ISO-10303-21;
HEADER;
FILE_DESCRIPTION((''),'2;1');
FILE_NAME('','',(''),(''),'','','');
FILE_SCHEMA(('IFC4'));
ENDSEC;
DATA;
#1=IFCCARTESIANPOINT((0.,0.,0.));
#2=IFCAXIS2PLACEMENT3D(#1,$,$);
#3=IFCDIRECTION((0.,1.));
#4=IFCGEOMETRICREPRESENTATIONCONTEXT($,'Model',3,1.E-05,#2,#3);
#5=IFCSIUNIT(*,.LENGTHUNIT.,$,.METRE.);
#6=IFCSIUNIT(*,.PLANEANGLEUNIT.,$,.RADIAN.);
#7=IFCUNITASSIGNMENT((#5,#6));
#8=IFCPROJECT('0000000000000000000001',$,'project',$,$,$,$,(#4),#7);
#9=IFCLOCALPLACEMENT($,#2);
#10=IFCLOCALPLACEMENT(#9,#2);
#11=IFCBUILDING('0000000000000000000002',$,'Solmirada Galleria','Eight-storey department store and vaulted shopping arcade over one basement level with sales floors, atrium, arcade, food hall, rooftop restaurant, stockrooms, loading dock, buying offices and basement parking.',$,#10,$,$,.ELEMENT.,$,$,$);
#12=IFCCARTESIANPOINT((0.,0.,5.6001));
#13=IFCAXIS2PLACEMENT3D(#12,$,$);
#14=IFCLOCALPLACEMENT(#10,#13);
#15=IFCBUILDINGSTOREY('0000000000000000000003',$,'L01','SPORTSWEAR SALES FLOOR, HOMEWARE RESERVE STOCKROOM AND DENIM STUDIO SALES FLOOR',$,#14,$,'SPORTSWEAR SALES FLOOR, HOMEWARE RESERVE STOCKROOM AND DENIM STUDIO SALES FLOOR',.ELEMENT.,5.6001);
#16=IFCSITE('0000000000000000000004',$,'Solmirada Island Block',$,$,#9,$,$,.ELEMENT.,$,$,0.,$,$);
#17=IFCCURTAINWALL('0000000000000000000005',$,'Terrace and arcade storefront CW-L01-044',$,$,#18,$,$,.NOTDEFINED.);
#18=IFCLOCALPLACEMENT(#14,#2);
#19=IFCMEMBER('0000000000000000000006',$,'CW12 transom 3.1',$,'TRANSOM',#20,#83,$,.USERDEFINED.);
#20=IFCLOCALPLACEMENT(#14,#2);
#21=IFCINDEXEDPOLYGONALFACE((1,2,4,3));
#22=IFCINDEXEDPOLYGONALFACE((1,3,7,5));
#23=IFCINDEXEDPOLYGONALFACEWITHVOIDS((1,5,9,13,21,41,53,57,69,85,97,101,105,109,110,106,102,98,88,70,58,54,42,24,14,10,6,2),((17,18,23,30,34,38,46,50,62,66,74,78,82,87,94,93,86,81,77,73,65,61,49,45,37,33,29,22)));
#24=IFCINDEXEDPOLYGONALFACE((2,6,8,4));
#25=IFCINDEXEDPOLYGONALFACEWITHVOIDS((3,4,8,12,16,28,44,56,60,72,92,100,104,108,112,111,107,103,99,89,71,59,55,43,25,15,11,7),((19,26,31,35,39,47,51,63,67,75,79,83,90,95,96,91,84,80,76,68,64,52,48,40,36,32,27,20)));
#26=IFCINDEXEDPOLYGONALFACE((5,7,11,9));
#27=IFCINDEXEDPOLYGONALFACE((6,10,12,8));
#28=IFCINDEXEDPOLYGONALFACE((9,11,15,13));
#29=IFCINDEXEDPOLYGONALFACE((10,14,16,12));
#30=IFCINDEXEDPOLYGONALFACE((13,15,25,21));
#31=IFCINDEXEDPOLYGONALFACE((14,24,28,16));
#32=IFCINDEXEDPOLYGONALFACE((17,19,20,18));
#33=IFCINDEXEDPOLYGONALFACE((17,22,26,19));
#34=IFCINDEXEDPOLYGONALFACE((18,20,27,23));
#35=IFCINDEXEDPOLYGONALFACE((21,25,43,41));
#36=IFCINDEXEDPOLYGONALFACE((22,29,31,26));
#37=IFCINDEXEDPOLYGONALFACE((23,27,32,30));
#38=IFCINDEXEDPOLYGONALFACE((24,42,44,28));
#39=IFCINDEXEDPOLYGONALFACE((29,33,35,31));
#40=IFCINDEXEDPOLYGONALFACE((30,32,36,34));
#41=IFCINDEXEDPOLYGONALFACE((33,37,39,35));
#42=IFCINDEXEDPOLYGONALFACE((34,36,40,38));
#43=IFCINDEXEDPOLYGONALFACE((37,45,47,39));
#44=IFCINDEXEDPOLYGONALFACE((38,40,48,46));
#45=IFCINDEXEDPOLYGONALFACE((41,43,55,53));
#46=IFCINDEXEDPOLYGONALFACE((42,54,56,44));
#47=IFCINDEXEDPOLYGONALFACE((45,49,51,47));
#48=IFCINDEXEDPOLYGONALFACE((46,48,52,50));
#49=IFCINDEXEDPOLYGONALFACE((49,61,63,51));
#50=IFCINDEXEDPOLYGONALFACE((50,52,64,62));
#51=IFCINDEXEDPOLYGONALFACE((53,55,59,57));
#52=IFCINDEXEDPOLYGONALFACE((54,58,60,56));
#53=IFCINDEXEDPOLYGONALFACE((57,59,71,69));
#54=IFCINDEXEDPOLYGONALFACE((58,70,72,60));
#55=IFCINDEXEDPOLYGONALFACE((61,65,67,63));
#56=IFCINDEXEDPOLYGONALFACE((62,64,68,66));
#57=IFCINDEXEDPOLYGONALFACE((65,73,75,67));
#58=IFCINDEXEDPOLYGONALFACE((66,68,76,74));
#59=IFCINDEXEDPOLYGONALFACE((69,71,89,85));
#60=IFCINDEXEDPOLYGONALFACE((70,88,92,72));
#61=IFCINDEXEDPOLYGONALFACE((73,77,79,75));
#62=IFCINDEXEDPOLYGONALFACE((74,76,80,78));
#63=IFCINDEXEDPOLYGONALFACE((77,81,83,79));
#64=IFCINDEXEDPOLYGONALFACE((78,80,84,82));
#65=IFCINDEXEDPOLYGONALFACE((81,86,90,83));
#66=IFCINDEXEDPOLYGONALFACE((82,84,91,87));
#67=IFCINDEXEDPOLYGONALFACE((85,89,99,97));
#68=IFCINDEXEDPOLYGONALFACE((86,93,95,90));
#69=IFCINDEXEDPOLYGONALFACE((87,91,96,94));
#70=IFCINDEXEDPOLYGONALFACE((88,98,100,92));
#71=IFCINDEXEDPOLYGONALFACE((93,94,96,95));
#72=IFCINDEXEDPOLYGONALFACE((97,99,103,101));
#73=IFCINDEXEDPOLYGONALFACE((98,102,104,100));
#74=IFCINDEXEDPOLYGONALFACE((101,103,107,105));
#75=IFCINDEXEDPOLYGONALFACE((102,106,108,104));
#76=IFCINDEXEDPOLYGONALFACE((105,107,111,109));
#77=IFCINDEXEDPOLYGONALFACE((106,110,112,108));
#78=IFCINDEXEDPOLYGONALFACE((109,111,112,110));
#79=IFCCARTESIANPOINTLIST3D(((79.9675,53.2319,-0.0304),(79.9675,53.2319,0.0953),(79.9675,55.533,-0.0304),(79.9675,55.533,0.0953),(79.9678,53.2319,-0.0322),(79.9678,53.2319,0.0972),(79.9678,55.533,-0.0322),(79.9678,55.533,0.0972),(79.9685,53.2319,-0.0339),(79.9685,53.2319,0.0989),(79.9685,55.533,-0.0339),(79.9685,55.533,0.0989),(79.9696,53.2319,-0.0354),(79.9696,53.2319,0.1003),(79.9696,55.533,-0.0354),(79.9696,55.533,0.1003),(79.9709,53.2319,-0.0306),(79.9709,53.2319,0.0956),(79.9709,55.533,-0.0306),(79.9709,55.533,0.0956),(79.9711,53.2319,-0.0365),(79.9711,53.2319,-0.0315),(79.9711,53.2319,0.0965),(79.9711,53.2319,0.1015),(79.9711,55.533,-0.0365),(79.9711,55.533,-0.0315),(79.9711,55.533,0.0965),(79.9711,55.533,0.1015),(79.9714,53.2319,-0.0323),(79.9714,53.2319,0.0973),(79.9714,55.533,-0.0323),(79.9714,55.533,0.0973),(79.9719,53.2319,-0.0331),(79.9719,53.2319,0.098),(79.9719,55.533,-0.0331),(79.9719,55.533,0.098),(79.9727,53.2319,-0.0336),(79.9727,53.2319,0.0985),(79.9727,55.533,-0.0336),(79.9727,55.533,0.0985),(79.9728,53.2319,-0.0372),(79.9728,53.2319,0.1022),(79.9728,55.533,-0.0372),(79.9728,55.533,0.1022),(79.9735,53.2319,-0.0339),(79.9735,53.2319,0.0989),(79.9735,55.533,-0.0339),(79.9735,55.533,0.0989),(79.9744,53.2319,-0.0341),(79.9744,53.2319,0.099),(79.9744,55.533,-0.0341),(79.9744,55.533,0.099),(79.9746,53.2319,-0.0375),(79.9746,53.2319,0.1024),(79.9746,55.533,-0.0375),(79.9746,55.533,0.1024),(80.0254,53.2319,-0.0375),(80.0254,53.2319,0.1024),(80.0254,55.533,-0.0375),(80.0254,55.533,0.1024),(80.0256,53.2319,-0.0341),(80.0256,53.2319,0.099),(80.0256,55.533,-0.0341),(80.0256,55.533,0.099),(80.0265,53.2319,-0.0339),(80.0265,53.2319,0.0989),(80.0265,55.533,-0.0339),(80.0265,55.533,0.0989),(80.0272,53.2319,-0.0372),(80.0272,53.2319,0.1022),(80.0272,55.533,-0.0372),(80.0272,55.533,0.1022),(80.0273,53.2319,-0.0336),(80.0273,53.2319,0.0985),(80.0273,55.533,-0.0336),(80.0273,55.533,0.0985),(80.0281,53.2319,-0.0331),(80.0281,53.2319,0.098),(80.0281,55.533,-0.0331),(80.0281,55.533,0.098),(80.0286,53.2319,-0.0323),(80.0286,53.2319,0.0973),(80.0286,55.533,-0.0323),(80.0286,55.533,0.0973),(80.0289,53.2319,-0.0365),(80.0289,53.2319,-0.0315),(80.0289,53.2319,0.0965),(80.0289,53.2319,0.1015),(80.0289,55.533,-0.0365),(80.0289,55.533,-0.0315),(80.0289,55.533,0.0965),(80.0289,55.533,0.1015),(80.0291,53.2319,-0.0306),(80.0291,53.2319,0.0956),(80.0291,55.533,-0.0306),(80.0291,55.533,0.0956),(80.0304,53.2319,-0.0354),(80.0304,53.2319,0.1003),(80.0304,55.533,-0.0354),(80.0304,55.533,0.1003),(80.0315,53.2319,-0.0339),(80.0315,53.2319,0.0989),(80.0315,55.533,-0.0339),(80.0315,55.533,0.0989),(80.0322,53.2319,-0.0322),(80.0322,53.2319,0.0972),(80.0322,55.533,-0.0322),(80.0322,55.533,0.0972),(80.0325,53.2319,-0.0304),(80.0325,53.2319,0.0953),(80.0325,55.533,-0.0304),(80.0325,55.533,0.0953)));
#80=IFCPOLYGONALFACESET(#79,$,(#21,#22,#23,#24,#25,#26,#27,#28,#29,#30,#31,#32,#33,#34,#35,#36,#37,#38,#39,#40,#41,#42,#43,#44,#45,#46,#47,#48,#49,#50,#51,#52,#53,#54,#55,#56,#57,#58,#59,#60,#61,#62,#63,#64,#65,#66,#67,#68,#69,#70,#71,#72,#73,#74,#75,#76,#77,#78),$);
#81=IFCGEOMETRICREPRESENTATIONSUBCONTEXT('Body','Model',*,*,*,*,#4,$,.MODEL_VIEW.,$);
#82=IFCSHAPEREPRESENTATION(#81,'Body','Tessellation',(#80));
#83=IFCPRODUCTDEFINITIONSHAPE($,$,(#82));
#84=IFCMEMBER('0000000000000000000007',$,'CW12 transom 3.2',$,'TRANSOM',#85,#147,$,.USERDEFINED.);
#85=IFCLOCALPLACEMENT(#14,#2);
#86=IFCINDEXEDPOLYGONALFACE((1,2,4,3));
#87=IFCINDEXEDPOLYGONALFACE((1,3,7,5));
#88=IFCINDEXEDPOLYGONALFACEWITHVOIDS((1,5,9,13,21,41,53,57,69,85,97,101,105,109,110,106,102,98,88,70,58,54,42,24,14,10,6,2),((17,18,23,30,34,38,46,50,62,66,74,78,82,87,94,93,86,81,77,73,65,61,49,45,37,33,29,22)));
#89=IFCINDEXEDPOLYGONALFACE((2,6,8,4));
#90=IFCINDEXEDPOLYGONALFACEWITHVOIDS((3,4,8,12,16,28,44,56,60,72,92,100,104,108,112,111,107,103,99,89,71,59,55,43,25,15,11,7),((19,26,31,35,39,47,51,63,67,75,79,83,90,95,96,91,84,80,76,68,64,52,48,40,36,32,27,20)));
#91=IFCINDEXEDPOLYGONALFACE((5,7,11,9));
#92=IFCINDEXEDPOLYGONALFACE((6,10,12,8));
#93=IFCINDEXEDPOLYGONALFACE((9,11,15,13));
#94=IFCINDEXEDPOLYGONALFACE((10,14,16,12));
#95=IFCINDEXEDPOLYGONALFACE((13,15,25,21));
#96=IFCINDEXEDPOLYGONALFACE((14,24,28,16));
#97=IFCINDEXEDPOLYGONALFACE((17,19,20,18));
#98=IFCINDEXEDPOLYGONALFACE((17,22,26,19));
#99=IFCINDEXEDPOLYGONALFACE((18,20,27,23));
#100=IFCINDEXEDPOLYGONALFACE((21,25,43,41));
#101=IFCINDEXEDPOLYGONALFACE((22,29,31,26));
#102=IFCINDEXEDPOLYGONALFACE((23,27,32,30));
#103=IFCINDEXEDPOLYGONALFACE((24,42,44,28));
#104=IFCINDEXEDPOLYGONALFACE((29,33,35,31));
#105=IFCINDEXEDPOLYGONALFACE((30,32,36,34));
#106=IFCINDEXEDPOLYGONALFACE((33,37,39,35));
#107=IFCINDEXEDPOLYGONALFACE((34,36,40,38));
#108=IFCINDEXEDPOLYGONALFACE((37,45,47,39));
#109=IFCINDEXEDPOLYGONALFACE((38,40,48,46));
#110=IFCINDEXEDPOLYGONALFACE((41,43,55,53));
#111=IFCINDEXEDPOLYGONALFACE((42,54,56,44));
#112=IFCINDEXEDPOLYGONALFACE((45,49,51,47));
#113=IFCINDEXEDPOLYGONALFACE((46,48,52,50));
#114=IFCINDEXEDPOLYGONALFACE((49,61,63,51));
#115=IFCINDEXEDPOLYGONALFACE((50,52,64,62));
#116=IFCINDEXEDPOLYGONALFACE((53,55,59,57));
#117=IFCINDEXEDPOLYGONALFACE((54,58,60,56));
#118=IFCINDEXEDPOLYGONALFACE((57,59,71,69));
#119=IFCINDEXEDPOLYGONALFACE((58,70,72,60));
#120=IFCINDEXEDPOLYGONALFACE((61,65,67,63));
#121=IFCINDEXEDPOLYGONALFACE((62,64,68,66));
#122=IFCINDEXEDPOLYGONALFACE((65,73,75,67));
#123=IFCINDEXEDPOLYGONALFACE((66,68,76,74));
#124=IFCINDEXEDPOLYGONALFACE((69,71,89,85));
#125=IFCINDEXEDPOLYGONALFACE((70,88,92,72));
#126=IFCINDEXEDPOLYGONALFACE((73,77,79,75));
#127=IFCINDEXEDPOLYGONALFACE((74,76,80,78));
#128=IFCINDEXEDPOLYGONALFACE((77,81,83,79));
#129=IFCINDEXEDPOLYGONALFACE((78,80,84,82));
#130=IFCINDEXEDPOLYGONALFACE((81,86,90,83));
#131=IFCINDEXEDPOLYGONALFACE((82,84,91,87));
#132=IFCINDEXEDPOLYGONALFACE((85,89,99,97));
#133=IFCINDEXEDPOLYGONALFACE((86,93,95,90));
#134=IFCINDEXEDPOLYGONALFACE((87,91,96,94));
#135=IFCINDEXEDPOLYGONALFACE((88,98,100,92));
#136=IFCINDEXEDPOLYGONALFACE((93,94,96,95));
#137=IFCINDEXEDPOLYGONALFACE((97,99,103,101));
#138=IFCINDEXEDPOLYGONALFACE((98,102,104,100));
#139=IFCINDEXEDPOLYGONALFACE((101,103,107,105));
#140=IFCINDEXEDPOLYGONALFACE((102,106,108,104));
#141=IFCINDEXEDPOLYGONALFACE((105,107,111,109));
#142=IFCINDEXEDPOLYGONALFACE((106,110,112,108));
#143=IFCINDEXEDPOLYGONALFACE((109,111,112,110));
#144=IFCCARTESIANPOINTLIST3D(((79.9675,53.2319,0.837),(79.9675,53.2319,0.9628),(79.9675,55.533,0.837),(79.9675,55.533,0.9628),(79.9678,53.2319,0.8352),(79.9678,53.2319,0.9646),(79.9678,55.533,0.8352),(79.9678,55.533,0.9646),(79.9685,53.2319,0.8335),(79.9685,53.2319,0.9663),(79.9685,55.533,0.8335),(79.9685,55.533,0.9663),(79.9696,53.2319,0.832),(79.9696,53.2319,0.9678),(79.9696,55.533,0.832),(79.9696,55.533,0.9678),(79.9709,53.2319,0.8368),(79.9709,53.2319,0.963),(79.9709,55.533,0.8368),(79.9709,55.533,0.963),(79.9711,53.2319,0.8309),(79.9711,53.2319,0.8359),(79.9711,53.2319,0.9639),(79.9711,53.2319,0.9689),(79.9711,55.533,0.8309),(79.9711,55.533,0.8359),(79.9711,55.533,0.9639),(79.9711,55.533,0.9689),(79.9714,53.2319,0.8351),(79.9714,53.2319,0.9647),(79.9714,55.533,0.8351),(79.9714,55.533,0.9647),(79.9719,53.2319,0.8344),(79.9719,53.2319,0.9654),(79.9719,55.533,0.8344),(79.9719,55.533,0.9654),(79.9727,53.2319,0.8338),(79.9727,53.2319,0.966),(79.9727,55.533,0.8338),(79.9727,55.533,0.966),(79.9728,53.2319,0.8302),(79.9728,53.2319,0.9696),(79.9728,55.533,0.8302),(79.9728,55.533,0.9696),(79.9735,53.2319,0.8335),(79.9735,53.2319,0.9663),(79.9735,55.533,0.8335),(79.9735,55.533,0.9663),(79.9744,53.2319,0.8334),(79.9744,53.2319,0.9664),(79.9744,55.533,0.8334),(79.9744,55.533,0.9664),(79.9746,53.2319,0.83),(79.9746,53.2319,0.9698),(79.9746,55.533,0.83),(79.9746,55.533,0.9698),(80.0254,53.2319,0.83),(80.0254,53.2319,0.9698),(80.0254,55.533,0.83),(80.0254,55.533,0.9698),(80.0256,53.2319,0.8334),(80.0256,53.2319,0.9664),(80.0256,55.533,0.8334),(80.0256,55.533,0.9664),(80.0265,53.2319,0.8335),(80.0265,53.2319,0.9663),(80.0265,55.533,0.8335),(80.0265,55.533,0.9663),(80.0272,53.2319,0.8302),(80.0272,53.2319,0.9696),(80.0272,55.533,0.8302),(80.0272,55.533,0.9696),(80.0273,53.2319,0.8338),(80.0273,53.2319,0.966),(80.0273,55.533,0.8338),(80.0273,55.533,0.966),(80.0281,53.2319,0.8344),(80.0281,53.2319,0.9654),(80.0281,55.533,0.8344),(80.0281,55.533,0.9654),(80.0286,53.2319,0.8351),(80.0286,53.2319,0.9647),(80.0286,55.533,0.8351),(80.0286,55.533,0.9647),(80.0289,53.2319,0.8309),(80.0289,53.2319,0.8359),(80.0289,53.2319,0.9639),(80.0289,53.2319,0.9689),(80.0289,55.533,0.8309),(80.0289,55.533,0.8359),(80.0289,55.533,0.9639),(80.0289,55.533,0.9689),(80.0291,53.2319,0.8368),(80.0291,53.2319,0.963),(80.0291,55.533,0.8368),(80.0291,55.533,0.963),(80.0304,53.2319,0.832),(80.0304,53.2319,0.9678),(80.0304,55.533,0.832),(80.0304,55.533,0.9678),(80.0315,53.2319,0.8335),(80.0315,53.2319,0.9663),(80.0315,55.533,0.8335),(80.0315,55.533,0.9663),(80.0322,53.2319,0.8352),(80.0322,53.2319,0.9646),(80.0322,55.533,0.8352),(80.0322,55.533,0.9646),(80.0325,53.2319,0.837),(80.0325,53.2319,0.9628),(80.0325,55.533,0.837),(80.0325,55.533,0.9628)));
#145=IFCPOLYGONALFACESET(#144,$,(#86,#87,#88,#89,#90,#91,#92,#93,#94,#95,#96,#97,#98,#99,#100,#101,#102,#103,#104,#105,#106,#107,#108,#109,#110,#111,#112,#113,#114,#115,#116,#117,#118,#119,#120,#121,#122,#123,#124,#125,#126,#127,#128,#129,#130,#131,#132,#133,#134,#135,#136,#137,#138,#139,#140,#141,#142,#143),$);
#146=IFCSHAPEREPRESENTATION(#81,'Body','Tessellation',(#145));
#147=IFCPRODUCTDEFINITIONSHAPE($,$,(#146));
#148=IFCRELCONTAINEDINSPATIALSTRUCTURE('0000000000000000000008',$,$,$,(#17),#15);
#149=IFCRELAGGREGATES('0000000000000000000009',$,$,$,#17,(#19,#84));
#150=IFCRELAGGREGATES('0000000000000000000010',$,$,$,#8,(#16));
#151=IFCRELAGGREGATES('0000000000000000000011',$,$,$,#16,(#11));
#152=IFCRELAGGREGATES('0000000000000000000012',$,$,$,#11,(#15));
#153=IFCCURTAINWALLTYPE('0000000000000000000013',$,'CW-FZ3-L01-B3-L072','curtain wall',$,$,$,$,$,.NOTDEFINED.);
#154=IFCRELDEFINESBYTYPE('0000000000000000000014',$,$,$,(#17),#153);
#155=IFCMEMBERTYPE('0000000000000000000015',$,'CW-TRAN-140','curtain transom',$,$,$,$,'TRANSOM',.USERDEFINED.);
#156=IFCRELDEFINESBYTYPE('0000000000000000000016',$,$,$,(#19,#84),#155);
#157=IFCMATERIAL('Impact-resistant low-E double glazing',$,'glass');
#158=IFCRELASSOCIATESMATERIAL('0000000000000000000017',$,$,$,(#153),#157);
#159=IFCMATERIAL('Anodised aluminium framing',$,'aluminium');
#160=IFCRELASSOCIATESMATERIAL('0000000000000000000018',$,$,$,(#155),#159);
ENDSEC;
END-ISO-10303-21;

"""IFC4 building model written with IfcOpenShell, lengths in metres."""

from ifc_helpers import new_model, si_unit, direction, frame, origin, origin_2d, place, context, subcontext, project, spatial, hollow_rectangle, extrude, material, material_profile, profile_set, type_object, element, aggregate, save


model = new_model("IFC4")

# Units and contexts
model_context = context("Model", 3, precision=1e-05, world=origin(), true_north=direction((0.0, 1.0)))
body_context = subcontext(model_context, "Body", "Model", "MODEL_VIEW")
ifc_project = project(units=[si_unit("LENGTHUNIT", "METRE"), si_unit("PLANEANGLEUNIT", "RADIAN")], contexts=[model_context])

# Site, building, storey
site_placement = place(None, origin())
site = spatial("IfcSite", under=ifc_project, at=site_placement, Name="Solmirada Island Block", CompositionType="ELEMENT", RefElevation=0.0)
building_placement = place(site_placement, origin())
building = spatial("IfcBuilding", under=site, at=building_placement, Name="Solmirada Galleria", Description="Eight-storey department store and vaulted shopping arcade over one basement level with sales floors, atrium, arcade, food hall, rooftop restaurant, stockrooms, loading dock, buying offices and basement parking.", CompositionType="ELEMENT")
storey_placement = place(building_placement, frame((0.0, 0.0, 5.6001)))
storey = spatial("IfcBuildingStorey", under=building, at=storey_placement, Name="L01", Description="SPORTSWEAR SALES FLOOR, HOMEWARE RESERVE STOCKROOM AND DENIM STUDIO SALES FLOOR", LongName="SPORTSWEAR SALES FLOOR, HOMEWARE RESERVE STOCKROOM AND DENIM STUDIO SALES FLOOR", CompositionType="ELEMENT", Elevation=5.6001)

# Curtain wall, members
ifc_material_1 = material(Name="Impact-resistant low-E double glazing", Category="glass")
curtain_wall_type = type_object("IfcCurtainWallType", Name="CW-FZ3-L01-B3-L072", Description="curtain wall", PredefinedType="NOTDEFINED", material=ifc_material_1)
curtain_wall_placement = place(storey_placement, origin())
curtain_wall = element("IfcCurtainWall", 1, at=curtain_wall_placement, inside=storey, type_object=curtain_wall_type, Name="Terrace and arcade storefront CW-L01-044", PredefinedType="NOTDEFINED")
ifc_material_2 = material(Name="Anodised aluminium framing", Category="aluminium")
ifc_material_profile_1 = material_profile(ifc_material_2, hollow_rectangle(XDim=0.0649, YDim=0.1399, WallThickness=0.0034, InnerFilletRadius=0.0034, OuterFilletRadius=0.0071, at=origin_2d()), Name="ALU-TRAN-140X65")
ifc_profile_set_1 = profile_set([ifc_material_profile_1], Name="Anodised aluminium framing")
member_type_1 = type_object("IfcMemberType", Name="CW-TRAN-140", Description="curtain transom", ElementType="TRANSOM", PredefinedType="USERDEFINED", material=ifc_profile_set_1)
member_1_placement = place(storey_placement, frame((80.0, 53.2319, 0.0325), z_axis=(0.0, 1.0, 0.0), x_axis=(-1.0, 0.0, 0.0)))
member_1 = element("IfcMember", 2, at=member_1_placement, type_object=member_type_1, Name="CW12 transom 3.1", ObjectType="TRANSOM", PredefinedType="USERDEFINED", context=body_context, shape_type="SweptSolid", body=[
    extrude(hollow_rectangle(XDim=0.0649, YDim=0.1399, WallThickness=0.0034, InnerFilletRadius=0.0034, OuterFilletRadius=0.0071, at=origin_2d()), origin(), (0.0, 0.0, 1.0), 2.301),
])
member_2_placement = place(storey_placement, frame((80.0, 53.2319, 0.8999), z_axis=(0.0, 1.0, 0.0), x_axis=(-1.0, 0.0, 0.0)))
member_2 = element("IfcMember", 3, at=member_2_placement, type_object=member_type_1, Name="CW12 transom 3.2", ObjectType="TRANSOM", PredefinedType="USERDEFINED", context=body_context, shape_type="SweptSolid", body=[
    extrude(hollow_rectangle(XDim=0.0649, YDim=0.1399, WallThickness=0.0034, InnerFilletRadius=0.0034, OuterFilletRadius=0.0071, at=origin_2d()), origin(), (0.0, 0.0, 1.0), 2.301),
])
aggregate(curtain_wall, [member_1, member_2])

save(model, "model.ifc")
